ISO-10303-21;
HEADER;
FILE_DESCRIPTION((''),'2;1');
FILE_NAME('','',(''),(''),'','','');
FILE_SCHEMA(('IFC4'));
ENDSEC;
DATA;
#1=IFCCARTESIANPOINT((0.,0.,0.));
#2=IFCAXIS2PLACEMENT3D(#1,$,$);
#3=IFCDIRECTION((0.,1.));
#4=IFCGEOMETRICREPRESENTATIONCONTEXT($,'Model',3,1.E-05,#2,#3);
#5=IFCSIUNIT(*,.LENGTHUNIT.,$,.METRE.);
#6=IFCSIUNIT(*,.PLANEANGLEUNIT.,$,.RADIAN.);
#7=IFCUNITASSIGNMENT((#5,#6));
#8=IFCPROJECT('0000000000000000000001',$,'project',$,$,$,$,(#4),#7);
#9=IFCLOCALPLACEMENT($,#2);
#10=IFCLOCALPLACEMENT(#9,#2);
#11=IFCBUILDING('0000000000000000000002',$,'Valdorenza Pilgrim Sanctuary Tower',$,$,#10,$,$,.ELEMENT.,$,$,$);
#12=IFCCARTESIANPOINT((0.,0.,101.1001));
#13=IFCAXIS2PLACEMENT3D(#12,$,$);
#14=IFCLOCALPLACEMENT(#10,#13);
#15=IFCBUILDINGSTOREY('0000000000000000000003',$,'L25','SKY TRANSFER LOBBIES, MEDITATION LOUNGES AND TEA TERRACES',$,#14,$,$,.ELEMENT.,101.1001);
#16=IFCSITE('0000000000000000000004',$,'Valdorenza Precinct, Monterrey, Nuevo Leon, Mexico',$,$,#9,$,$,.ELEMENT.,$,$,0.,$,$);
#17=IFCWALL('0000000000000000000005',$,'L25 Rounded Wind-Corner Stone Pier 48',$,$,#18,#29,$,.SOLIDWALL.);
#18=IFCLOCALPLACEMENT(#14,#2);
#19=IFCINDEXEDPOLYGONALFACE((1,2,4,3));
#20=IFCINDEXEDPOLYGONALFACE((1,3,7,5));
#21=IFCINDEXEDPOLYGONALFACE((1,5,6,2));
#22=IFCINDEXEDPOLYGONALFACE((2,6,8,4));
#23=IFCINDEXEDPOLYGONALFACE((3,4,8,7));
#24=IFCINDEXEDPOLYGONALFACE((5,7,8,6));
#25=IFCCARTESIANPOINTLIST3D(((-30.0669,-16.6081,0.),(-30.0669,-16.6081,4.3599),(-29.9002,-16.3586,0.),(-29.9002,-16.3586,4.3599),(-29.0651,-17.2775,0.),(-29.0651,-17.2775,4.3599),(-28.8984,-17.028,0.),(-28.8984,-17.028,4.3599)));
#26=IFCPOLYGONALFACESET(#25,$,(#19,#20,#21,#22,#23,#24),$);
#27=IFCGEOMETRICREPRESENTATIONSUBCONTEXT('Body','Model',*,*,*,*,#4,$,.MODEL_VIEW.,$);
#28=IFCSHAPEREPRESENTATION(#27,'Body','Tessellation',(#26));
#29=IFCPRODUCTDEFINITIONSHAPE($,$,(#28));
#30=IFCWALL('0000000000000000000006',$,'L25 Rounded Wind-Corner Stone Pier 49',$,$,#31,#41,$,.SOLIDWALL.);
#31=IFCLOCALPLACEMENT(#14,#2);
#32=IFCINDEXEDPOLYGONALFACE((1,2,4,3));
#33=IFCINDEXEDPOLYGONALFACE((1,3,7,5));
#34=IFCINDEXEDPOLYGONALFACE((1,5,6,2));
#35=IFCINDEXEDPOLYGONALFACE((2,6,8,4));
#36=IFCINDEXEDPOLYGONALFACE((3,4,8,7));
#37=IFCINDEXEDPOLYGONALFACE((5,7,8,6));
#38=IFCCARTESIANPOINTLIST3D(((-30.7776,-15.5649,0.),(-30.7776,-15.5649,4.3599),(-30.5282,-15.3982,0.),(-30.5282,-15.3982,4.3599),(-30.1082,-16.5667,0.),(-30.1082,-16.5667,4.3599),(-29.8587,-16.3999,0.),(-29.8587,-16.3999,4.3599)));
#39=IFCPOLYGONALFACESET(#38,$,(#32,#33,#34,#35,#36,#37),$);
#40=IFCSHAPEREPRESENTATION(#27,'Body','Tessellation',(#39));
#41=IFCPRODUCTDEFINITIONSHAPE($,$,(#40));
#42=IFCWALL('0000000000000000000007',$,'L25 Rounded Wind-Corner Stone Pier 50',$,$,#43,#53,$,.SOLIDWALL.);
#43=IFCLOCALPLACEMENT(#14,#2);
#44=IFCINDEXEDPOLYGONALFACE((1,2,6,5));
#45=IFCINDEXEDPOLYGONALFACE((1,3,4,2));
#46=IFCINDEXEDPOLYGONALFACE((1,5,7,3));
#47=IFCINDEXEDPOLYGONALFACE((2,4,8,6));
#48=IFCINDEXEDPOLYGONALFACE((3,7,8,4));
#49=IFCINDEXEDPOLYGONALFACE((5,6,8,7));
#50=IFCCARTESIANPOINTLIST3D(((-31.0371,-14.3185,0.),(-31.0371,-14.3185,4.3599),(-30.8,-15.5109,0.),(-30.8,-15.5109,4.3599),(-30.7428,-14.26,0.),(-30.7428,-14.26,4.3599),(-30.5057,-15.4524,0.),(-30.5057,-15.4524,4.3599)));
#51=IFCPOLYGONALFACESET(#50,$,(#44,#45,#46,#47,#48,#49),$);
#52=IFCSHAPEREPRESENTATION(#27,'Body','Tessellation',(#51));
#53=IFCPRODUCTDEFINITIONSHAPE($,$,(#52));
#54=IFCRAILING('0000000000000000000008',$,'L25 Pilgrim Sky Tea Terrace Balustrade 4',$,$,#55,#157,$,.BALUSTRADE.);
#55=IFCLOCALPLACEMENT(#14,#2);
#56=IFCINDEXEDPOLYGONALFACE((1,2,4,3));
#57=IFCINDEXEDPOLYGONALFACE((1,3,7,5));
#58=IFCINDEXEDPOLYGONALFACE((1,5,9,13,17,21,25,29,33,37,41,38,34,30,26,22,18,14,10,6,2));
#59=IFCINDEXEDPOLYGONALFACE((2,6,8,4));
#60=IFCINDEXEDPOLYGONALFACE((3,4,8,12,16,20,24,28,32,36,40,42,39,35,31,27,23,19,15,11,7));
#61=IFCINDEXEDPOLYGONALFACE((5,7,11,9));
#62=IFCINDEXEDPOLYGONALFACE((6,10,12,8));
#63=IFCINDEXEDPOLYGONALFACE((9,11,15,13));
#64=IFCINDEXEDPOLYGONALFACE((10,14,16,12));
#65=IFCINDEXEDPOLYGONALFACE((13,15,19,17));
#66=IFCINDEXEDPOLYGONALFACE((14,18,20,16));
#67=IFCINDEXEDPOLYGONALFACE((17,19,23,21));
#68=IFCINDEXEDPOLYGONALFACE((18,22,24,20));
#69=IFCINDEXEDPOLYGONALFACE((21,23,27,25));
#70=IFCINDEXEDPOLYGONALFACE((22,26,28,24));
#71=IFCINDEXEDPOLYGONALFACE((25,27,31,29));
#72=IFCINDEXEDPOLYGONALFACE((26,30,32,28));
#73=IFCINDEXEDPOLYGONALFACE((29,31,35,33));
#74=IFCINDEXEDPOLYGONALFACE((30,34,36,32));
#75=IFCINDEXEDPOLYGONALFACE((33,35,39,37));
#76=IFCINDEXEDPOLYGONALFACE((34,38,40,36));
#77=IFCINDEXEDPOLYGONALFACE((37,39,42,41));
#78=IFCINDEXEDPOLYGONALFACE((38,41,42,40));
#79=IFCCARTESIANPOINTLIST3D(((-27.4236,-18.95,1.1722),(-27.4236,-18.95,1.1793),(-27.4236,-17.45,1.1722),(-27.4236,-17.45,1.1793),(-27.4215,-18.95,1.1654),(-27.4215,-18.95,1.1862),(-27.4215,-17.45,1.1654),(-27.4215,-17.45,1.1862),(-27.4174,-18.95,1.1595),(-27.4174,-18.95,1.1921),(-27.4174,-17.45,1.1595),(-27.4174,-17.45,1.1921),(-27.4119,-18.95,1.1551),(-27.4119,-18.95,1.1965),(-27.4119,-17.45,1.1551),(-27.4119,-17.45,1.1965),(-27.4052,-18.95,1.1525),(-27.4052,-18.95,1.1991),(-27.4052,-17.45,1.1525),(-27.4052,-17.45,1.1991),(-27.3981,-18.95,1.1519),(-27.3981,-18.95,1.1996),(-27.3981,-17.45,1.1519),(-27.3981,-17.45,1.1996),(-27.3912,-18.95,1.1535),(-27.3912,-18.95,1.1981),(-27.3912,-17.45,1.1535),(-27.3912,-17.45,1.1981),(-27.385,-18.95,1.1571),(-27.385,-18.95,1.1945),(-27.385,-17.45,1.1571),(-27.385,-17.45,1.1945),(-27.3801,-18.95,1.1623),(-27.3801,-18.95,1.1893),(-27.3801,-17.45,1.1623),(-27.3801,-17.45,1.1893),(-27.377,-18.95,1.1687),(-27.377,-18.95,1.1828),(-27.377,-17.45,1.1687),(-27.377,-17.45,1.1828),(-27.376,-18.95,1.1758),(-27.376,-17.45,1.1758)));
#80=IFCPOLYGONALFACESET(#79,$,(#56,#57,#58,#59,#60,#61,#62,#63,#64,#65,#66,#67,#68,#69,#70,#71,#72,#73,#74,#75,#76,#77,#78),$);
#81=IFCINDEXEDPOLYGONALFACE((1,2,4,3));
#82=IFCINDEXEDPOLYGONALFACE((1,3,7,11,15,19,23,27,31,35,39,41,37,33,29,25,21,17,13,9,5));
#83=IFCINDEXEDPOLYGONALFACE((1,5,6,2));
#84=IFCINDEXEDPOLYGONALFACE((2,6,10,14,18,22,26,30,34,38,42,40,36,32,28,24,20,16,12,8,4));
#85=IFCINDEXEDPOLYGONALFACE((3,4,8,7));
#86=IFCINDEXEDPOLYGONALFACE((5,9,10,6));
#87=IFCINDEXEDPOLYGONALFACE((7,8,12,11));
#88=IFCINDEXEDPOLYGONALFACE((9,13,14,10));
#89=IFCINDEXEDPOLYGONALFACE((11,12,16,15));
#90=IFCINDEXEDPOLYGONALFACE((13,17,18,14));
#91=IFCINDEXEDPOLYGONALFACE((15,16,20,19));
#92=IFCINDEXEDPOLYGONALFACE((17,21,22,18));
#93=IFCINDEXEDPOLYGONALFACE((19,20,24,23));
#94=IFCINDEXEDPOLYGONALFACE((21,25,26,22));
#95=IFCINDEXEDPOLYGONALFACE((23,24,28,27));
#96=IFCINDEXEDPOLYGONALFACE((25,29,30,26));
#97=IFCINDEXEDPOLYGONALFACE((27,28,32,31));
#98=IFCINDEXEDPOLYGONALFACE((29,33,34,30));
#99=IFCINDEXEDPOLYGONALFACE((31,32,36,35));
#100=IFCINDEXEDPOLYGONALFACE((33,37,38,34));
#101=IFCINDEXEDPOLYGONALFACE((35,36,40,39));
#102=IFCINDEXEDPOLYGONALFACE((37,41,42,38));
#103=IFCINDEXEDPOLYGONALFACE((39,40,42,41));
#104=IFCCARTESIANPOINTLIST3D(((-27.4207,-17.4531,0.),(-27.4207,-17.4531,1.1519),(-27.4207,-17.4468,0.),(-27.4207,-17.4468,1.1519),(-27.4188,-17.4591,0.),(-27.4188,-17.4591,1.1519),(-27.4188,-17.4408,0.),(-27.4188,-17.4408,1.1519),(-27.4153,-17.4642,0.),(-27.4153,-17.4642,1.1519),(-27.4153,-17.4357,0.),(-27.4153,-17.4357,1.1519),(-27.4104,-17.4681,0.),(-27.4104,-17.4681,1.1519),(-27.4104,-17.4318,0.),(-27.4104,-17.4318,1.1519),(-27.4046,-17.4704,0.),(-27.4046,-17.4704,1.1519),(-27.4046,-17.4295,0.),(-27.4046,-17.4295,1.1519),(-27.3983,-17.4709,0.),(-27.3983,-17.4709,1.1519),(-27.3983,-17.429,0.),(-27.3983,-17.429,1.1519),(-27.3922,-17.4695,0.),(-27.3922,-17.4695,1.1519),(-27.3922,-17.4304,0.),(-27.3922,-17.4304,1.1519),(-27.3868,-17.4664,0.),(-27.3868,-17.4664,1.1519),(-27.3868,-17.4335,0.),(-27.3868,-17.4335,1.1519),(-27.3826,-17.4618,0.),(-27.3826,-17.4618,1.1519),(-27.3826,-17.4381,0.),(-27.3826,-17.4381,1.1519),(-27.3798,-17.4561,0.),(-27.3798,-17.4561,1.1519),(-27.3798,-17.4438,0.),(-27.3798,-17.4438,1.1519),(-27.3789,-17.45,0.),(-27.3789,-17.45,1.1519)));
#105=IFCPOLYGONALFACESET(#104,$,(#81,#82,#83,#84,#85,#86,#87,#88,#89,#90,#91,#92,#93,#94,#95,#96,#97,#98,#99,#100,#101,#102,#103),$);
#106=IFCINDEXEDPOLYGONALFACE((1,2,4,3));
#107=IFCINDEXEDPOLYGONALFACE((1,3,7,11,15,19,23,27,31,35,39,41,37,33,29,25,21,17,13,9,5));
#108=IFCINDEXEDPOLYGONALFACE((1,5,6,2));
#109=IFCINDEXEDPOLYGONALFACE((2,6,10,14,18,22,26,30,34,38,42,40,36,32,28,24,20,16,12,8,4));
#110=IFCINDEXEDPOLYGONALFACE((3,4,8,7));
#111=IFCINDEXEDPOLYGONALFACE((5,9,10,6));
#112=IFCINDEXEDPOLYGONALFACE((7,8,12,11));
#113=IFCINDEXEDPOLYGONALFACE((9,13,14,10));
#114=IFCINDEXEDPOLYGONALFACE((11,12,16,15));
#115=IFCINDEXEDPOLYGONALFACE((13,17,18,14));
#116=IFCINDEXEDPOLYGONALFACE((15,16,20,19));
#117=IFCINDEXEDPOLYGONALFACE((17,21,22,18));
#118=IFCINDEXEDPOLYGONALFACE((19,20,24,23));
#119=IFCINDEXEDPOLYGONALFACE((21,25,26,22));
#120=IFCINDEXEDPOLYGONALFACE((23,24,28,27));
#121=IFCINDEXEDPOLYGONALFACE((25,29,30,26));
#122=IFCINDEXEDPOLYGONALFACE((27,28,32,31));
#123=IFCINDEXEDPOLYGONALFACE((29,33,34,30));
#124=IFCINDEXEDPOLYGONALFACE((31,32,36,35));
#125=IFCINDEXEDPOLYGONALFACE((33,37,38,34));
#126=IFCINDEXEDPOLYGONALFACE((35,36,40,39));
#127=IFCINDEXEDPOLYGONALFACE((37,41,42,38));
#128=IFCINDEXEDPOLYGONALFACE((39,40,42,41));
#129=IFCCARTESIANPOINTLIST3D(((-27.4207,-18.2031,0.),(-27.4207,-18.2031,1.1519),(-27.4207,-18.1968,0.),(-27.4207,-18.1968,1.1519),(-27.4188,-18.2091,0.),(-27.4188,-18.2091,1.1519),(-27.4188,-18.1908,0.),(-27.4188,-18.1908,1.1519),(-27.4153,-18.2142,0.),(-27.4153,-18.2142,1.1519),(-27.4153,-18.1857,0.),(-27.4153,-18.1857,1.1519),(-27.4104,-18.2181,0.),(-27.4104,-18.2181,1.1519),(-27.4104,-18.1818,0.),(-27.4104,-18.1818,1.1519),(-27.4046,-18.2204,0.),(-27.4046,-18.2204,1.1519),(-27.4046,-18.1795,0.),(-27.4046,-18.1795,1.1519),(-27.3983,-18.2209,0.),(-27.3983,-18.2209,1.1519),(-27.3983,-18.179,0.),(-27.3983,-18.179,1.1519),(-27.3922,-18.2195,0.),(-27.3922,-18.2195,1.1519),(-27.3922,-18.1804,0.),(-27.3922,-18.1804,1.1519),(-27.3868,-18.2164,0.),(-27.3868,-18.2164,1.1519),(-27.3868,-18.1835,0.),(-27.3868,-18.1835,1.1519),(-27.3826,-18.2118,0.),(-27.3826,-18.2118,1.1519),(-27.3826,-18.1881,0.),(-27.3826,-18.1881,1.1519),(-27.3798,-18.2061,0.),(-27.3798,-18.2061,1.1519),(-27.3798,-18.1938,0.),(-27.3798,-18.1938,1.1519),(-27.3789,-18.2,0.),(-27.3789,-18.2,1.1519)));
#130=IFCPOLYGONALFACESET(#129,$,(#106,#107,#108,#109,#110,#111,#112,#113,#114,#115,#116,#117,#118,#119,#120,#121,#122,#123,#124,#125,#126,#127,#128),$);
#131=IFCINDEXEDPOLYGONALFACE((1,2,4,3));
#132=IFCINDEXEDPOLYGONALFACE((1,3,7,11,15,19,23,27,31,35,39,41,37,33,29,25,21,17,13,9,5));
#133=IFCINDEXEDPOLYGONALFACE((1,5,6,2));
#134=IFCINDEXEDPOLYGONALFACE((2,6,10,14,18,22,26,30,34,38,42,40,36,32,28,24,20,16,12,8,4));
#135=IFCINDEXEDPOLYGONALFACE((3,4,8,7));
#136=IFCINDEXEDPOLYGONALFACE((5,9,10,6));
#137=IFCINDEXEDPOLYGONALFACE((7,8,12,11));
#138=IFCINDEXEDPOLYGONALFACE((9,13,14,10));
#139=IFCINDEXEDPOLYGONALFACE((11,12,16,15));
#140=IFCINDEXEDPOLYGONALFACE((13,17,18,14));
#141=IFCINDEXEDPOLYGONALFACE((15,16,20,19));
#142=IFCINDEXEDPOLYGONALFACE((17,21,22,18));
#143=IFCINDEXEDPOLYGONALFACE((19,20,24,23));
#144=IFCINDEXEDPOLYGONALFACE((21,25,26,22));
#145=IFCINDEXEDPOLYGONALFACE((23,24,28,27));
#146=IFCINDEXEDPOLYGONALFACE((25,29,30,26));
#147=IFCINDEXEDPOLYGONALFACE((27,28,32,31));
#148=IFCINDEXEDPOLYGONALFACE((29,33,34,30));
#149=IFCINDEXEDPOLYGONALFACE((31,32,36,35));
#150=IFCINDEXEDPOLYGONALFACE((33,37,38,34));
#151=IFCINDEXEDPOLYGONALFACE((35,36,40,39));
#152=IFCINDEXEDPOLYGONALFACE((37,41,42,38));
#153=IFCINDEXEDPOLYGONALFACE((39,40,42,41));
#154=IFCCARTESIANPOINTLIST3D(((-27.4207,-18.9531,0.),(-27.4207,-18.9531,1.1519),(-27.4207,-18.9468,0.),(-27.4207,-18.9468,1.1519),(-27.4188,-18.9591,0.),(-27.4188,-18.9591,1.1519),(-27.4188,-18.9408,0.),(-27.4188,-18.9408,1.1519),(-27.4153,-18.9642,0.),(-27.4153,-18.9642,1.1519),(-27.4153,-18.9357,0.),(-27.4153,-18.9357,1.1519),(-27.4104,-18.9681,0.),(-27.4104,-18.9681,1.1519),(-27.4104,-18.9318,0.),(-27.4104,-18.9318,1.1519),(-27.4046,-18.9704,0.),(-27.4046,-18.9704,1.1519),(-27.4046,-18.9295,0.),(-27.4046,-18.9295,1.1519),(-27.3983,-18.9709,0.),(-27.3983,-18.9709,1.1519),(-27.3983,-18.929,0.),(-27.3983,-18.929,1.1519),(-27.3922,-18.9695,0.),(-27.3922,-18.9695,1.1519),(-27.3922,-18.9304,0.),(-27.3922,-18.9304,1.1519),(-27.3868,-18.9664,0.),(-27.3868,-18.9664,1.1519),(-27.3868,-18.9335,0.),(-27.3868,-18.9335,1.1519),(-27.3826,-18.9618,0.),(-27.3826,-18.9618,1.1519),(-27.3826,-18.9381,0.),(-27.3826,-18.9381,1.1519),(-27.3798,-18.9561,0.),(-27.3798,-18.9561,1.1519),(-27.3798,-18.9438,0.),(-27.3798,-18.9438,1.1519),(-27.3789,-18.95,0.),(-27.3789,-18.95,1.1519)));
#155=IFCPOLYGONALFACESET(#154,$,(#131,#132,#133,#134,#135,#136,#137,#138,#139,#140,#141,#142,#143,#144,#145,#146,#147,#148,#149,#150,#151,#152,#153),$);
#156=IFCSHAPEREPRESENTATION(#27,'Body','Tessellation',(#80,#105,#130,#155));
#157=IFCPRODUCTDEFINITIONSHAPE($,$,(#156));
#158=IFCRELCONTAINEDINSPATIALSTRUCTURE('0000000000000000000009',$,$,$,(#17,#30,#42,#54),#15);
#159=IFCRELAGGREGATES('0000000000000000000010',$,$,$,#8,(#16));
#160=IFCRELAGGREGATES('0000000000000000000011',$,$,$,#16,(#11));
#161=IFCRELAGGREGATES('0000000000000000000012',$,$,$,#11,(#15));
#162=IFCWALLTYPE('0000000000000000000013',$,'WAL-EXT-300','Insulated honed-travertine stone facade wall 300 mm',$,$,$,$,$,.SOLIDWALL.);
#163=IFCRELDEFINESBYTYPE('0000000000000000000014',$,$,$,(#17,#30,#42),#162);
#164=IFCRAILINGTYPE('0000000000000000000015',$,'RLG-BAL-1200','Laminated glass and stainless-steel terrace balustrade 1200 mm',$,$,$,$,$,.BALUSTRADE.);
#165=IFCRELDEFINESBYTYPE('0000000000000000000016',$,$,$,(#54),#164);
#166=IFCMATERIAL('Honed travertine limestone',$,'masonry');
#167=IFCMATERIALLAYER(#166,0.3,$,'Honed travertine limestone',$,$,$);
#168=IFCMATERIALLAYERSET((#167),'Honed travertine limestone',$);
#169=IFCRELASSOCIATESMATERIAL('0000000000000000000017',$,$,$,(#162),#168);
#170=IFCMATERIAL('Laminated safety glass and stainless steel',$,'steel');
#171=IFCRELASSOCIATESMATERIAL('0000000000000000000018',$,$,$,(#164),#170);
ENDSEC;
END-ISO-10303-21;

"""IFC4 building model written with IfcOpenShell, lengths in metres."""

from ifc_helpers import new_model, si_unit, direction, frame, frame_2d, origin, origin_2d, place, context, subcontext, project, spatial, rectangle, circle, extrude, material, layer, layer_set, type_object, element, save


model = new_model("IFC4")

# Units and contexts
model_context = context("Model", 3, precision=1e-05, world=origin(), true_north=direction((0.0, 1.0)))
body_context = subcontext(model_context, "Body", "Model", "MODEL_VIEW")
ifc_project = project(units=[si_unit("LENGTHUNIT", "METRE"), si_unit("PLANEANGLEUNIT", "RADIAN")], contexts=[model_context])

# Site, building, storey
site_placement = place(None, origin())
site = spatial("IfcSite", under=ifc_project, at=site_placement, Name="Valdorenza Precinct, Monterrey, Nuevo Leon, Mexico", CompositionType="ELEMENT", RefElevation=0.0)
building_placement = place(site_placement, origin())
building = spatial("IfcBuilding", under=site, at=building_placement, Name="Valdorenza Pilgrim Sanctuary Tower", CompositionType="ELEMENT")
storey_placement = place(building_placement, frame((0.0, 0.0, 101.1001)))
storey = spatial("IfcBuildingStorey", under=building, at=storey_placement, Name="L25", Description="SKY TRANSFER LOBBIES, MEDITATION LOUNGES AND TEA TERRACES", CompositionType="ELEMENT", Elevation=101.1001)

# Shared definitions
ifc_material_1 = material(Name="Honed travertine limestone", Category="masonry")

# Walls
ifc_layer_1 = layer(ifc_material_1, 0.3, Name="Honed travertine limestone")
ifc_layer_set_1 = layer_set([ifc_layer_1], Name="Honed travertine limestone")
wall_type_1 = type_object("IfcWallType", Name="WAL-EXT-300", Description="Insulated honed-travertine stone facade wall 300 mm", PredefinedType="SOLIDWALL", material=ifc_layer_set_1)
for number, where, z_axis, x_axis, name in (
    (1, (-28.9817, -17.1528, 0.0), (0.0, 0.0, 1.0), (-0.831426, 0.555635, 0.0), "L25 Rounded Wind-Corner Stone Pier 48"),
    (2, (-29.9834, -16.4834, 0.0), (0.0, 0.0, 1.0), (-0.555635, 0.831426, 0.0), "L25 Rounded Wind-Corner Stone Pier 49"),
):
    element("IfcWall", number, at=place(storey_placement, frame(where, z_axis=z_axis, x_axis=x_axis)), inside=storey, type_object=wall_type_1, Name=name, PredefinedType="SOLIDWALL", context=body_context, shape_type="SweptSolid", body=[
        extrude(rectangle(XDim=1.2048, YDim=0.3, at=frame_2d((0.6025, 0.0))), origin(), (0.0, 0.0, 1.0), 4.3599),
    ])
wall_1_placement = place(storey_placement, frame((-30.6528, -15.4817, 0.0), z_axis=(0.0, 0.0, 1.0), x_axis=(-0.194996, 0.980804, 0.0)))
element("IfcWall", 3, at=wall_1_placement, inside=storey, type_object=wall_type_1, Name="L25 Rounded Wind-Corner Stone Pier 50", PredefinedType="SOLIDWALL", context=body_context, shape_type="SweptSolid", body=[
    extrude(rectangle(XDim=1.2158, YDim=0.3, at=frame_2d((0.6079, 0.0))), origin(), (0.0, 0.0, 1.0), 4.3599),
])

# Railing
ifc_material_2 = material(Name="Laminated safety glass and stainless steel", Category="steel")
railing_type = type_object("IfcRailingType", Name="RLG-BAL-1200", Description="Laminated glass and stainless-steel terrace balustrade 1200 mm", PredefinedType="BALUSTRADE", material=ifc_material_2)
railing_1_placement = place(storey_placement, frame((-27.3999, -17.45, 0.0)))
element("IfcRailing", 4, at=railing_1_placement, inside=storey, type_object=railing_type, Name="L25 Pilgrim Sky Tea Terrace Balustrade 4", PredefinedType="BALUSTRADE", context=body_context, shape_type="SweptSolid", body=[
    extrude(circle(Radius=0.0239, at=origin_2d()), frame((0.0, 0.0, 1.1758), z_axis=(0.0, -1.0, 0.0), x_axis=(1.0, 0.0, 0.0)), (0.0, 0.0, 1.0), 1.5),
    extrude(circle(Radius=0.021, at=origin_2d()), origin(), (0.0, 0.0, 1.0), 1.1519),
    extrude(circle(Radius=0.021, at=origin_2d()), frame((0.0, -0.75, 0.0)), (0.0, 0.0, 1.0), 1.1519),
    extrude(circle(Radius=0.021, at=origin_2d()), frame((0.0, -1.5, 0.0)), (0.0, 0.0, 1.0), 1.1519),
])

save(model, "model.ifc")
